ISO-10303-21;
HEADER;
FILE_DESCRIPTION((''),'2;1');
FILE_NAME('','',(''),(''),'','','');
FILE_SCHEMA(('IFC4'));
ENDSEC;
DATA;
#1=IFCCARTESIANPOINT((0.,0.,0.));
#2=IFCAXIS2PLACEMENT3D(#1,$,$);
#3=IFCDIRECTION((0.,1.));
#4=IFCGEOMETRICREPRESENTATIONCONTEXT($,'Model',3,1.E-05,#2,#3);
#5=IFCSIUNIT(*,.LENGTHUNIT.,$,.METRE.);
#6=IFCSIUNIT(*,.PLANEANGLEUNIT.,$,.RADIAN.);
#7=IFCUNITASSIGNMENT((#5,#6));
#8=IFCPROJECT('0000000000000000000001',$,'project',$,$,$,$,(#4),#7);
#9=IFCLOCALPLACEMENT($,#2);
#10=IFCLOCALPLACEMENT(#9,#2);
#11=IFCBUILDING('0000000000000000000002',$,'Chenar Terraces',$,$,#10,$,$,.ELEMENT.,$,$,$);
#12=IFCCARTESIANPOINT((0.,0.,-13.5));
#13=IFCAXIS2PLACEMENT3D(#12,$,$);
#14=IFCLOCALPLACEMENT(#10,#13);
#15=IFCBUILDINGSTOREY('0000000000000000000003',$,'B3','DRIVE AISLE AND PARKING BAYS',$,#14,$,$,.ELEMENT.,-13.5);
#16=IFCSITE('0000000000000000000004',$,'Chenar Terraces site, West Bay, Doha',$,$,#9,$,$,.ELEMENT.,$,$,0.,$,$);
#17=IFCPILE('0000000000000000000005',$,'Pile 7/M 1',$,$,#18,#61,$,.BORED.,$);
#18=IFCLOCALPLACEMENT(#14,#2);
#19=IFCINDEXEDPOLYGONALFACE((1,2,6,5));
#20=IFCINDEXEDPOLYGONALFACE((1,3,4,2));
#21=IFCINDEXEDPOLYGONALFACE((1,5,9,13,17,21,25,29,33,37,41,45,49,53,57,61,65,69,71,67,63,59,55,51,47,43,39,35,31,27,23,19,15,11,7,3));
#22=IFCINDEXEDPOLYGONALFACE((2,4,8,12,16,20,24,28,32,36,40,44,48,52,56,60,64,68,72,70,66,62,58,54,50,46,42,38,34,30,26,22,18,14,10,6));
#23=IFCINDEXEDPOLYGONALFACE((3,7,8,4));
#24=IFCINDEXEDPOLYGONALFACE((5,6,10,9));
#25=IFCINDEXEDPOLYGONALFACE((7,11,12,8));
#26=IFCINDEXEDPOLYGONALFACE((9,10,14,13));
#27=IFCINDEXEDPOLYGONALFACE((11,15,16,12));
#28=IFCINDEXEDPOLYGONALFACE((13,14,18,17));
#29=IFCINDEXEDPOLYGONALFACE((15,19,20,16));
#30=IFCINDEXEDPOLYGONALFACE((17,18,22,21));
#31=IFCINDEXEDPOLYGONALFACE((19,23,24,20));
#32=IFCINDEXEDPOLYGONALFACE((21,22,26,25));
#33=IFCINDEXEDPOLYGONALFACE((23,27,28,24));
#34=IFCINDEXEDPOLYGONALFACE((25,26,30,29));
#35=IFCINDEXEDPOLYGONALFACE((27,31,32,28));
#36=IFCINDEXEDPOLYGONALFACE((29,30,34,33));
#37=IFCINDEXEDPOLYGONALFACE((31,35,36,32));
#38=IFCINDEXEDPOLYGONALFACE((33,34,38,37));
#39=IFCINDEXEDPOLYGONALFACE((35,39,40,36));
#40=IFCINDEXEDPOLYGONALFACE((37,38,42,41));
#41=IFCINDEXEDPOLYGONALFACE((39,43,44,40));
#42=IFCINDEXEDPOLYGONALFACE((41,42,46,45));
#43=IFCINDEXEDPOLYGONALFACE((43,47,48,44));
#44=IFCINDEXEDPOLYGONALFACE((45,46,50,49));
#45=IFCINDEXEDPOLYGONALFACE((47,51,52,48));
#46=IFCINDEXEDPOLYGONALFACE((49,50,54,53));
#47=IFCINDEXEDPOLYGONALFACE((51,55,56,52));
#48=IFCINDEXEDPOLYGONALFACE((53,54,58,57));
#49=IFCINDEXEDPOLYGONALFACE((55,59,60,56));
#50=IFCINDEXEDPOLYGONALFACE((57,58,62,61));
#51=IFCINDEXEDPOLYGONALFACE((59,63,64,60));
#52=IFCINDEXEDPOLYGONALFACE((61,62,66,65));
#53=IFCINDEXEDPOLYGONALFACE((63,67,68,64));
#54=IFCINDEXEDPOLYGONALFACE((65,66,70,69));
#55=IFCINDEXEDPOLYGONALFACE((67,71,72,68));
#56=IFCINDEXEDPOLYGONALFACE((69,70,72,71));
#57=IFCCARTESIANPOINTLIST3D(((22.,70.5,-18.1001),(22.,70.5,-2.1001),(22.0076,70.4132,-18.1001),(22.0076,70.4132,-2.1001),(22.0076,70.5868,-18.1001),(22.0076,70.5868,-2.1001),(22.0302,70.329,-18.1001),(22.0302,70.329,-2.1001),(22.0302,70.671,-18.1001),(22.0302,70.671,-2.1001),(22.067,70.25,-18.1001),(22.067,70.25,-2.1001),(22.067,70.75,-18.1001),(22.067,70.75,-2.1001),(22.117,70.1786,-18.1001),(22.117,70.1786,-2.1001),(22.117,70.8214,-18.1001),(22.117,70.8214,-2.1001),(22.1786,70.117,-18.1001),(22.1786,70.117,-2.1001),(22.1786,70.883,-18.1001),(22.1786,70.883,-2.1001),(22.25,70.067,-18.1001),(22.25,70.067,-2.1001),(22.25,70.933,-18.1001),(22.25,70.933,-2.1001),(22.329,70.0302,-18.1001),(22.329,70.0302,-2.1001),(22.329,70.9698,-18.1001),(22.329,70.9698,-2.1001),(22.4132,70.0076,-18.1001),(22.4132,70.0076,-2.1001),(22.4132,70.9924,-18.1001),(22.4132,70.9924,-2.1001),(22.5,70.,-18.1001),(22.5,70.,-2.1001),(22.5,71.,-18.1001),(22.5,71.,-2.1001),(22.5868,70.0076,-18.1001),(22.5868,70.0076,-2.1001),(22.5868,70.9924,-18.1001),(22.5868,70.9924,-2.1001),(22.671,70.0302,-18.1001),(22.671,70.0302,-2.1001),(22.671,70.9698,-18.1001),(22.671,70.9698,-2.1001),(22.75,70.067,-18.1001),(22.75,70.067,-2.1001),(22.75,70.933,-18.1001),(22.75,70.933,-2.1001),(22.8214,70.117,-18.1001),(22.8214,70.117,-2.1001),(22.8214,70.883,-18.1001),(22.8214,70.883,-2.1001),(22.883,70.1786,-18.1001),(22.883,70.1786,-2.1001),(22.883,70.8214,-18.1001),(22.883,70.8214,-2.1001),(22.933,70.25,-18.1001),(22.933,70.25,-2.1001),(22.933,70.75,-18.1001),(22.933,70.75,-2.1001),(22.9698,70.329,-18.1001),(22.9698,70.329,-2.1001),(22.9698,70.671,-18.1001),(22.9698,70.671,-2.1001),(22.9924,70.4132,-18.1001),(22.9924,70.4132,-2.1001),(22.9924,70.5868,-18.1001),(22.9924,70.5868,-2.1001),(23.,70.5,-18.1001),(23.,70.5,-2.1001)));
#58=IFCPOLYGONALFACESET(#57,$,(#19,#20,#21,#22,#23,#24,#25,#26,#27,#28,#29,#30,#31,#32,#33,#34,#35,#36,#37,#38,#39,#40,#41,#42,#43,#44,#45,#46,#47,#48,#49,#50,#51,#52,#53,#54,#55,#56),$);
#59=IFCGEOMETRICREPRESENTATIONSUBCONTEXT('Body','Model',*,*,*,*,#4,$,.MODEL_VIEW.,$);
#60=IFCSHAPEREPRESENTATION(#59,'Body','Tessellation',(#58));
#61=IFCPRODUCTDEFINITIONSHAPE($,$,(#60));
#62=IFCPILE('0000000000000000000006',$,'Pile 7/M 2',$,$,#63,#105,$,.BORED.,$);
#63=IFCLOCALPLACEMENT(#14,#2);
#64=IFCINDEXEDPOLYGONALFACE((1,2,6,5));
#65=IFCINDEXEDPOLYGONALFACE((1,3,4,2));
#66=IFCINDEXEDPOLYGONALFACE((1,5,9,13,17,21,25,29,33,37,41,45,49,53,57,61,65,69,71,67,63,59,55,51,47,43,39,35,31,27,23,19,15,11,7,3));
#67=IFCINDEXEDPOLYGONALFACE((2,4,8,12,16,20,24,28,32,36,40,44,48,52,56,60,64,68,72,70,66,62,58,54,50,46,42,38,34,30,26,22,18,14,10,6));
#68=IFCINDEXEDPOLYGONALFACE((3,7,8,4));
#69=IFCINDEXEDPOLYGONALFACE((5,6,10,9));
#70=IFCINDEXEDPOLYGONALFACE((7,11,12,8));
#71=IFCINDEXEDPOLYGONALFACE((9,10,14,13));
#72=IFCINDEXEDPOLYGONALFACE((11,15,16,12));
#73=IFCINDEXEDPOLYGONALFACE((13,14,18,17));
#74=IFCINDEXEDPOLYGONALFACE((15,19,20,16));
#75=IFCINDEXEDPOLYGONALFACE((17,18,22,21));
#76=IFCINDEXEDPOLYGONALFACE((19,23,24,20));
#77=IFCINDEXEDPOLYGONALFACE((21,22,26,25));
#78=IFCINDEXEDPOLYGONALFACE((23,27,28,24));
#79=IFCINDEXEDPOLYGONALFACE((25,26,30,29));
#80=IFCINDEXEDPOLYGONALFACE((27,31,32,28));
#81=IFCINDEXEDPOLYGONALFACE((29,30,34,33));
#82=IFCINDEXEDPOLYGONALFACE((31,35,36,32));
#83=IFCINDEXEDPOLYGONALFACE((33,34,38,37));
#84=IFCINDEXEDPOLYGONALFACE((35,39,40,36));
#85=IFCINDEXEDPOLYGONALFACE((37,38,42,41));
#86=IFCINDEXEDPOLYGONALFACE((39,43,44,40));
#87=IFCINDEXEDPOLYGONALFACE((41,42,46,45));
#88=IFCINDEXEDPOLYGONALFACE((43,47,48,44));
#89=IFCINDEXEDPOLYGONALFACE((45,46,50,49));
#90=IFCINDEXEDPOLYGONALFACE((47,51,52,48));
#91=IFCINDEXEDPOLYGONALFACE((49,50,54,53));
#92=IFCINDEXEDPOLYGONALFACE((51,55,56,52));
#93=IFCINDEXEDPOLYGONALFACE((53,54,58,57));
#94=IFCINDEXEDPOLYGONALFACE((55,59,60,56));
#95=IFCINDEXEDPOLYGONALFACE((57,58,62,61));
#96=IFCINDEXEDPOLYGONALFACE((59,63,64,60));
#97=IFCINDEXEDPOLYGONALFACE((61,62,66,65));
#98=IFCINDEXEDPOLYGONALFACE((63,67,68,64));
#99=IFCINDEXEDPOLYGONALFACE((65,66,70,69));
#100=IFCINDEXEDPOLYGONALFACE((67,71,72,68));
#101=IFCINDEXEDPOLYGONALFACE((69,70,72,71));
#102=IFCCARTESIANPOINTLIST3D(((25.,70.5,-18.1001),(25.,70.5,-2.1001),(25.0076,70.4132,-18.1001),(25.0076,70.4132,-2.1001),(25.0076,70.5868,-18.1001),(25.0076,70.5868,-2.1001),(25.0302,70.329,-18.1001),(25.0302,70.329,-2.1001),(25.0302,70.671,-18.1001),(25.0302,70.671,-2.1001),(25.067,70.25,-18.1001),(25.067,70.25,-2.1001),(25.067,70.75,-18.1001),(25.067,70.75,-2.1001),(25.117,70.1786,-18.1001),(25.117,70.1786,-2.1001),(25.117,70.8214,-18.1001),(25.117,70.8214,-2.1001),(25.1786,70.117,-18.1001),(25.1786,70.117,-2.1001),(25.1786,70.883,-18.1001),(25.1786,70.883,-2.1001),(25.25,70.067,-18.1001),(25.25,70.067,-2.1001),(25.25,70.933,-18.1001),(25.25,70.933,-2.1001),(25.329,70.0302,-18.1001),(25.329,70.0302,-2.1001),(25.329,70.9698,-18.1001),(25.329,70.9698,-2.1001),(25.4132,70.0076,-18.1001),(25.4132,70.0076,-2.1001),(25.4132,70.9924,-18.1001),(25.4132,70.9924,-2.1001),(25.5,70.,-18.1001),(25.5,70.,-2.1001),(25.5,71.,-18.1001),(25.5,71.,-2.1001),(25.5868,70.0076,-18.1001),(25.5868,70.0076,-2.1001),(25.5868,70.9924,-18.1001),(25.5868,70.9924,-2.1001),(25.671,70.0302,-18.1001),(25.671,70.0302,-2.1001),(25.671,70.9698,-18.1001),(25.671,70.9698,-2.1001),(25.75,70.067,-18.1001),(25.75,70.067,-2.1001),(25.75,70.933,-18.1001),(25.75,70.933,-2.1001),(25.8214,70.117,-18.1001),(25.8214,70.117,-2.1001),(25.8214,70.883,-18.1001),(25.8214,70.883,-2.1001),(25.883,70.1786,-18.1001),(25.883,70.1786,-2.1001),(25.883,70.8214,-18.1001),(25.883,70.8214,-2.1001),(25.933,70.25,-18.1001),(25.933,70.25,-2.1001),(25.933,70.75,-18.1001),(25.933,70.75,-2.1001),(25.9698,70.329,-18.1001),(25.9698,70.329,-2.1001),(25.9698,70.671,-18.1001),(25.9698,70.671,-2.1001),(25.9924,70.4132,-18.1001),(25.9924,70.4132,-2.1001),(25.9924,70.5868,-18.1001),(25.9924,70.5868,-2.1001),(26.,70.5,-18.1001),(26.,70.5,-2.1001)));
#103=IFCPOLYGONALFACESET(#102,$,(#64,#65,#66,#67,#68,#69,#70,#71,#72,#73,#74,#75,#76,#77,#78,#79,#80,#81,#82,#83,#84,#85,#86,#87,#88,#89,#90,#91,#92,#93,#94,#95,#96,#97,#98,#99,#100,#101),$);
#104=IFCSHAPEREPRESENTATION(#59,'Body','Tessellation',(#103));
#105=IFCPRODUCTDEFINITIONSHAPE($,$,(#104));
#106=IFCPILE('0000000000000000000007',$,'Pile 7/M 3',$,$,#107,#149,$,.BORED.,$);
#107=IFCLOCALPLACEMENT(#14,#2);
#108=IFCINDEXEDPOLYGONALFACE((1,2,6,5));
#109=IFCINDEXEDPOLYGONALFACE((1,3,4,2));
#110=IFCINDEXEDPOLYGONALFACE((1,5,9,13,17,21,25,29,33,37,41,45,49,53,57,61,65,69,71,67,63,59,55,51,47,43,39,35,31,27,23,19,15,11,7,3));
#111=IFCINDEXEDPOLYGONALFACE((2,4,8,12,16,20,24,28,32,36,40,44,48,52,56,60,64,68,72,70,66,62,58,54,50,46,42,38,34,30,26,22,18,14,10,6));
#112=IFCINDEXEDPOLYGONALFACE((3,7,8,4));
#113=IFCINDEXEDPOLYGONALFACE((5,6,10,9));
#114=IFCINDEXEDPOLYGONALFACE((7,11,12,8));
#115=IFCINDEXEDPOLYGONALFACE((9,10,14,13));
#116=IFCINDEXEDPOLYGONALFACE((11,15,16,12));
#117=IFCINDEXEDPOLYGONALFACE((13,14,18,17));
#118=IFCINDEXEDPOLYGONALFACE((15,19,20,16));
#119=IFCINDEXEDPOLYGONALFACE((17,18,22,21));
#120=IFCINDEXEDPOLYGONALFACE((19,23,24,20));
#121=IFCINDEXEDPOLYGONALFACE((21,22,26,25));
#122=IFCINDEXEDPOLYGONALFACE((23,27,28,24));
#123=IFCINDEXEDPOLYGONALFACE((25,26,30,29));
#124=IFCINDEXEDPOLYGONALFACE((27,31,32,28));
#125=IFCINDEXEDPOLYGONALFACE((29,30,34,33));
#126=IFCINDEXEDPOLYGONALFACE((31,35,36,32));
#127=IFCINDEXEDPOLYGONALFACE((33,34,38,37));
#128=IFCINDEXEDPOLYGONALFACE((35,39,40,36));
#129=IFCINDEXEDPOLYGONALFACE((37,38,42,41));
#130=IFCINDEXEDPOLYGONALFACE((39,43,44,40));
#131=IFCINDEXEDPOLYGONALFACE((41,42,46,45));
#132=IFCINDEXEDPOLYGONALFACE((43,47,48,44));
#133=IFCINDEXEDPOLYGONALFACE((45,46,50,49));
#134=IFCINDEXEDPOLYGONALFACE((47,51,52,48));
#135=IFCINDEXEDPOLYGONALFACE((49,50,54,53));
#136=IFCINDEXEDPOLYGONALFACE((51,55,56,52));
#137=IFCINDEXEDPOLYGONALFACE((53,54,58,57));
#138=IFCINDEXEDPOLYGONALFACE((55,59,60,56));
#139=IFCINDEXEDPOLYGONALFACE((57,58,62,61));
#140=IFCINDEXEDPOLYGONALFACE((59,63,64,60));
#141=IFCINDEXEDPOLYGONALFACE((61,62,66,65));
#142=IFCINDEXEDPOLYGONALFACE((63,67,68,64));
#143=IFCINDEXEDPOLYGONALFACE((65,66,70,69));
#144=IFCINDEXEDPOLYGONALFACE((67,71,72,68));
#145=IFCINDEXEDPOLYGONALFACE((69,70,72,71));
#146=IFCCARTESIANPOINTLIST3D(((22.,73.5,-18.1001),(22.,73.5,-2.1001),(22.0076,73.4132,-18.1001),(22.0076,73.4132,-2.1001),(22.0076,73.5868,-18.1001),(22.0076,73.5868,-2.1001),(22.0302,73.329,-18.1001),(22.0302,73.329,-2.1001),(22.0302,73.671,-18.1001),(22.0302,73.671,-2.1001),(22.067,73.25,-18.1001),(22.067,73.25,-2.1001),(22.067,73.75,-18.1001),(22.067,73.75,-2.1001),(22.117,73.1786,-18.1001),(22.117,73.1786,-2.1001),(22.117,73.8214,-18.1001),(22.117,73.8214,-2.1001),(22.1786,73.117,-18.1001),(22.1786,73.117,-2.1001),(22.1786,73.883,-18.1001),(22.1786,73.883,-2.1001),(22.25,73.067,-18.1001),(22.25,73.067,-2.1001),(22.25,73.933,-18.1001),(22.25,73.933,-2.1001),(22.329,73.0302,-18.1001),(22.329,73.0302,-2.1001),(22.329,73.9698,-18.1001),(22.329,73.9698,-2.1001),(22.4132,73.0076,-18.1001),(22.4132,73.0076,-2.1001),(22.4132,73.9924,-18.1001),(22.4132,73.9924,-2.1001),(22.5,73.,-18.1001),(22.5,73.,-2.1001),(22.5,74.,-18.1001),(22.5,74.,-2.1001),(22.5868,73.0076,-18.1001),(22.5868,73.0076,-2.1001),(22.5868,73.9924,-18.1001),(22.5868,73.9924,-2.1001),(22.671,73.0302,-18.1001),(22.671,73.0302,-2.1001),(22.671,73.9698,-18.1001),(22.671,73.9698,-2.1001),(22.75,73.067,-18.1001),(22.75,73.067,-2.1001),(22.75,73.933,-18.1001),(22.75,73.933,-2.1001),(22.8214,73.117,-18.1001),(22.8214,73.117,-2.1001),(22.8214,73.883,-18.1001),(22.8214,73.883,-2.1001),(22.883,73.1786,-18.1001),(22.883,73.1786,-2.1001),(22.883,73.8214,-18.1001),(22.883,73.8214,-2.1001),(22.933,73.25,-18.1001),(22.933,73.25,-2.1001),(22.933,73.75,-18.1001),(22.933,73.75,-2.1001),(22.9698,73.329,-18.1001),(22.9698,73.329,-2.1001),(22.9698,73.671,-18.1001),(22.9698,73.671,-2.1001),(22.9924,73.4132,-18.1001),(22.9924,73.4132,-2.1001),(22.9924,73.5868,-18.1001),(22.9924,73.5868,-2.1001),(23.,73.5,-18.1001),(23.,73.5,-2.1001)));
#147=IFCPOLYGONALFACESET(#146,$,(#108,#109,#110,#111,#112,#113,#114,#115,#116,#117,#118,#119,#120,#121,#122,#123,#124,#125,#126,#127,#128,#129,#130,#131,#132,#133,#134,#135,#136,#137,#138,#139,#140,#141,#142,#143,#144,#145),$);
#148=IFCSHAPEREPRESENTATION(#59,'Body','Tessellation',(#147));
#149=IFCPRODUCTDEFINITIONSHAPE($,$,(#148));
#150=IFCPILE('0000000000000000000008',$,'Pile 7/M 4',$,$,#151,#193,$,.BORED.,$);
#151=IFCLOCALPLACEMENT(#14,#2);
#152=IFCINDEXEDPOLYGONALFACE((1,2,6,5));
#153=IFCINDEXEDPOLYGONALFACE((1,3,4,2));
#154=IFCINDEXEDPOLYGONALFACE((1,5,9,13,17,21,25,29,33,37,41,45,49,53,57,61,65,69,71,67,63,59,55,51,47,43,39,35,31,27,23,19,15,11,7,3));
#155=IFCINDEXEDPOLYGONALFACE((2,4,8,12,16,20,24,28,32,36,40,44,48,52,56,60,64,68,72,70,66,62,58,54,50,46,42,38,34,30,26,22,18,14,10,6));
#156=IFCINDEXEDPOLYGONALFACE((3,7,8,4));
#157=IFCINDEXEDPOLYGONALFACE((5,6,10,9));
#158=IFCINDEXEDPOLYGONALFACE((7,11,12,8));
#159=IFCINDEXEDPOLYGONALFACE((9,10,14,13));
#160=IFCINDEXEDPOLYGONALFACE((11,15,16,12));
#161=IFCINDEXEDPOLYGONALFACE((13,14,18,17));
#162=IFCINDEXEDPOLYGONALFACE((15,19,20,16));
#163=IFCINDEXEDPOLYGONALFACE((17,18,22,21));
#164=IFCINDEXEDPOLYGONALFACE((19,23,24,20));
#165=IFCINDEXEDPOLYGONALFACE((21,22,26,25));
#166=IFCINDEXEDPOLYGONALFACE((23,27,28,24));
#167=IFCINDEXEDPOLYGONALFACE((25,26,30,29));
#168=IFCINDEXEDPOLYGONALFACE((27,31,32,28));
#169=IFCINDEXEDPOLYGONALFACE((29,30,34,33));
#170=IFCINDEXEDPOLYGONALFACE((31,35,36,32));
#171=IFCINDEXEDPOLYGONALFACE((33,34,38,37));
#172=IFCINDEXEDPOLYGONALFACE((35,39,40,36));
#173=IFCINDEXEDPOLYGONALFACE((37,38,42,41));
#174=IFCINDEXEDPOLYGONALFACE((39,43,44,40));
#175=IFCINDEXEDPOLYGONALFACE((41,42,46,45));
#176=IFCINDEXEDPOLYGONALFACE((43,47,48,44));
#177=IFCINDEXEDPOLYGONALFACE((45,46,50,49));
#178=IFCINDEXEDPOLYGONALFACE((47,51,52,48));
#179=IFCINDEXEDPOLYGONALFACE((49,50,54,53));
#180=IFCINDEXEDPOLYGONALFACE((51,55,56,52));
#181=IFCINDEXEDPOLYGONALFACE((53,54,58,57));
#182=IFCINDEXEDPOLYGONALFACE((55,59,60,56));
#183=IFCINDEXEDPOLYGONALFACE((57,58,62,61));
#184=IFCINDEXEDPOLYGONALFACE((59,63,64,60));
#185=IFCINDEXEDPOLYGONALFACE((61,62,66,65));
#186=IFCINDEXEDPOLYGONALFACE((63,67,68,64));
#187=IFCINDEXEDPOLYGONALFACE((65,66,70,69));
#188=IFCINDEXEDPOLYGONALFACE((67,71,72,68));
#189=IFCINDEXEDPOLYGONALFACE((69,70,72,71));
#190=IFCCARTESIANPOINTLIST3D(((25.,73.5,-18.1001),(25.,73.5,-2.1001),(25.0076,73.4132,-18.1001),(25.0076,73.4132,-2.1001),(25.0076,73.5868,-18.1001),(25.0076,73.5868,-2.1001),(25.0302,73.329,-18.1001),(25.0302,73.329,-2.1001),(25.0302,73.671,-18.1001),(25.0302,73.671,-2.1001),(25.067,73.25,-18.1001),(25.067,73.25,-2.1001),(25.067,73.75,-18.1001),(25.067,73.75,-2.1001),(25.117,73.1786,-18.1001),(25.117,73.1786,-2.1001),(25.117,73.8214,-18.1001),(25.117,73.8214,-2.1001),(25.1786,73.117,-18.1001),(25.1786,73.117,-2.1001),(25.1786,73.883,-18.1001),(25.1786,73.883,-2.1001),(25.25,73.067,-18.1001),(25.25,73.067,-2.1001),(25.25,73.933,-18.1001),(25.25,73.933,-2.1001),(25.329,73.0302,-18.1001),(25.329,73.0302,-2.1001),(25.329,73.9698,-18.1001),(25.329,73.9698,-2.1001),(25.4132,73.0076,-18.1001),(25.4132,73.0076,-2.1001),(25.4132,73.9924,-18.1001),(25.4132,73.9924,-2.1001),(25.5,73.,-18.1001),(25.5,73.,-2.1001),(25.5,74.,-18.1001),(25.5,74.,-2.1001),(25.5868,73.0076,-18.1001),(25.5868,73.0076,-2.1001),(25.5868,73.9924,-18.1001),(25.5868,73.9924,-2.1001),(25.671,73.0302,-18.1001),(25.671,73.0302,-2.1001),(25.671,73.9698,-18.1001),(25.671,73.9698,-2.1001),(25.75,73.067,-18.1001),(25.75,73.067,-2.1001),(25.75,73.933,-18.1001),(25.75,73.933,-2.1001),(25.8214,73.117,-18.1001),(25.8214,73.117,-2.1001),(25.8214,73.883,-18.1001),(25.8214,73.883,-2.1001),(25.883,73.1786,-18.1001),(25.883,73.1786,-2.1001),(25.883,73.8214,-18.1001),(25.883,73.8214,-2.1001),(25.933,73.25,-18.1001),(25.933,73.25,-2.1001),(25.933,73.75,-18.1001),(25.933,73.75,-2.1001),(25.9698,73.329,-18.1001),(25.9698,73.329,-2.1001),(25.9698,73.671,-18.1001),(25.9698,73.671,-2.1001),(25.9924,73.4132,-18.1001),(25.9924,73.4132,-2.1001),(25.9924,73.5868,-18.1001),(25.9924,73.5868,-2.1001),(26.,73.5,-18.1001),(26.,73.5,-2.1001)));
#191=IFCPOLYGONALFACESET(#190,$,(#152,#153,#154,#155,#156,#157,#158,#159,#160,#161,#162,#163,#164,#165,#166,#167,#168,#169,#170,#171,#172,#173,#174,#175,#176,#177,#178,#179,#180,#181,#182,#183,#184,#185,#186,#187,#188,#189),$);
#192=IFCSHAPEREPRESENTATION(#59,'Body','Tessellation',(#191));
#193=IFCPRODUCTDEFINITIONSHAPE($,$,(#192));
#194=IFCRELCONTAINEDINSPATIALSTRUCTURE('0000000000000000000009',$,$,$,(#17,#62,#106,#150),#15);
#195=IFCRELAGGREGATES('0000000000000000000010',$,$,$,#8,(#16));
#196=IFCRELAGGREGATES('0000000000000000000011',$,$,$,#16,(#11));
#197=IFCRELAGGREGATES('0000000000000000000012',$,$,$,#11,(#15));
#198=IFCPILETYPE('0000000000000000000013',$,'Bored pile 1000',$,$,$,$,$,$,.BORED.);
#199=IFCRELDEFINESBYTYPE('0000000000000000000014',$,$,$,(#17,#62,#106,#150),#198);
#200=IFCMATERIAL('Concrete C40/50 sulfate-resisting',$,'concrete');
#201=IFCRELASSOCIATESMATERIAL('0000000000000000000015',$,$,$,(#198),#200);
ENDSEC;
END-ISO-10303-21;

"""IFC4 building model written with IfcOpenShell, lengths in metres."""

from ifc_helpers import new_model, si_unit, direction, frame, origin, origin_2d, place, context, subcontext, project, spatial, circle, extrude, material, material_profile, profile_set, type_object, element, save


model = new_model("IFC4")

# Units and contexts
model_context = context("Model", 3, precision=1e-05, world=origin(), true_north=direction((0.0, 1.0)))
body_context = subcontext(model_context, "Body", "Model", "MODEL_VIEW")
ifc_project = project(units=[si_unit("LENGTHUNIT", "METRE"), si_unit("PLANEANGLEUNIT", "RADIAN")], contexts=[model_context])

# Site, building, storey
site_placement = place(None, origin())
site = spatial("IfcSite", under=ifc_project, at=site_placement, Name="Chenar Terraces site, West Bay, Doha", CompositionType="ELEMENT", RefElevation=0.0)
building_placement = place(site_placement, origin())
building = spatial("IfcBuilding", under=site, at=building_placement, Name="Chenar Terraces", CompositionType="ELEMENT")
storey_placement = place(building_placement, frame((0.0, 0.0, -13.5)))
storey = spatial("IfcBuildingStorey", under=building, at=storey_placement, Name="B3", Description="DRIVE AISLE AND PARKING BAYS", CompositionType="ELEMENT", Elevation=-13.5)

# Piles
ifc_material_1 = material(Name="Concrete C40/50 sulfate-resisting", Category="concrete")
ifc_material_profile_1 = material_profile(ifc_material_1, circle(Radius=0.5, at=origin_2d()), Name="BP 1000")
ifc_profile_set_1 = profile_set([ifc_material_profile_1], Name="Concrete C40/50 sulfate-resisting")
pile_type = type_object("IfcPileType", Name="Bored pile 1000", PredefinedType="BORED", material=ifc_profile_set_1)
for number, where, z_axis, x_axis, name in (
    (1, (22.5, 70.5, -2.1001), (0.0, 0.0, -1.0), (1.0, 0.0, 0.0), "Pile 7/M 1"),
    (2, (25.5, 70.5, -2.1001), (0.0, 0.0, -1.0), (1.0, 0.0, 0.0), "Pile 7/M 2"),
    (3, (22.5, 73.5, -2.1001), (0.0, 0.0, -1.0), (1.0, 0.0, 0.0), "Pile 7/M 3"),
    (4, (25.5, 73.5, -2.1001), (0.0, 0.0, -1.0), (1.0, 0.0, 0.0), "Pile 7/M 4"),
):
    element("IfcPile", number, at=place(storey_placement, frame(where, z_axis=z_axis, x_axis=x_axis)), inside=storey, type_object=pile_type, Name=name, PredefinedType="BORED", context=body_context, shape_type="SweptSolid", body=[
        extrude(circle(Radius=0.5, at=origin_2d()), origin(), (0.0, 0.0, 1.0), 16.0),
    ])

save(model, "model.ifc")
